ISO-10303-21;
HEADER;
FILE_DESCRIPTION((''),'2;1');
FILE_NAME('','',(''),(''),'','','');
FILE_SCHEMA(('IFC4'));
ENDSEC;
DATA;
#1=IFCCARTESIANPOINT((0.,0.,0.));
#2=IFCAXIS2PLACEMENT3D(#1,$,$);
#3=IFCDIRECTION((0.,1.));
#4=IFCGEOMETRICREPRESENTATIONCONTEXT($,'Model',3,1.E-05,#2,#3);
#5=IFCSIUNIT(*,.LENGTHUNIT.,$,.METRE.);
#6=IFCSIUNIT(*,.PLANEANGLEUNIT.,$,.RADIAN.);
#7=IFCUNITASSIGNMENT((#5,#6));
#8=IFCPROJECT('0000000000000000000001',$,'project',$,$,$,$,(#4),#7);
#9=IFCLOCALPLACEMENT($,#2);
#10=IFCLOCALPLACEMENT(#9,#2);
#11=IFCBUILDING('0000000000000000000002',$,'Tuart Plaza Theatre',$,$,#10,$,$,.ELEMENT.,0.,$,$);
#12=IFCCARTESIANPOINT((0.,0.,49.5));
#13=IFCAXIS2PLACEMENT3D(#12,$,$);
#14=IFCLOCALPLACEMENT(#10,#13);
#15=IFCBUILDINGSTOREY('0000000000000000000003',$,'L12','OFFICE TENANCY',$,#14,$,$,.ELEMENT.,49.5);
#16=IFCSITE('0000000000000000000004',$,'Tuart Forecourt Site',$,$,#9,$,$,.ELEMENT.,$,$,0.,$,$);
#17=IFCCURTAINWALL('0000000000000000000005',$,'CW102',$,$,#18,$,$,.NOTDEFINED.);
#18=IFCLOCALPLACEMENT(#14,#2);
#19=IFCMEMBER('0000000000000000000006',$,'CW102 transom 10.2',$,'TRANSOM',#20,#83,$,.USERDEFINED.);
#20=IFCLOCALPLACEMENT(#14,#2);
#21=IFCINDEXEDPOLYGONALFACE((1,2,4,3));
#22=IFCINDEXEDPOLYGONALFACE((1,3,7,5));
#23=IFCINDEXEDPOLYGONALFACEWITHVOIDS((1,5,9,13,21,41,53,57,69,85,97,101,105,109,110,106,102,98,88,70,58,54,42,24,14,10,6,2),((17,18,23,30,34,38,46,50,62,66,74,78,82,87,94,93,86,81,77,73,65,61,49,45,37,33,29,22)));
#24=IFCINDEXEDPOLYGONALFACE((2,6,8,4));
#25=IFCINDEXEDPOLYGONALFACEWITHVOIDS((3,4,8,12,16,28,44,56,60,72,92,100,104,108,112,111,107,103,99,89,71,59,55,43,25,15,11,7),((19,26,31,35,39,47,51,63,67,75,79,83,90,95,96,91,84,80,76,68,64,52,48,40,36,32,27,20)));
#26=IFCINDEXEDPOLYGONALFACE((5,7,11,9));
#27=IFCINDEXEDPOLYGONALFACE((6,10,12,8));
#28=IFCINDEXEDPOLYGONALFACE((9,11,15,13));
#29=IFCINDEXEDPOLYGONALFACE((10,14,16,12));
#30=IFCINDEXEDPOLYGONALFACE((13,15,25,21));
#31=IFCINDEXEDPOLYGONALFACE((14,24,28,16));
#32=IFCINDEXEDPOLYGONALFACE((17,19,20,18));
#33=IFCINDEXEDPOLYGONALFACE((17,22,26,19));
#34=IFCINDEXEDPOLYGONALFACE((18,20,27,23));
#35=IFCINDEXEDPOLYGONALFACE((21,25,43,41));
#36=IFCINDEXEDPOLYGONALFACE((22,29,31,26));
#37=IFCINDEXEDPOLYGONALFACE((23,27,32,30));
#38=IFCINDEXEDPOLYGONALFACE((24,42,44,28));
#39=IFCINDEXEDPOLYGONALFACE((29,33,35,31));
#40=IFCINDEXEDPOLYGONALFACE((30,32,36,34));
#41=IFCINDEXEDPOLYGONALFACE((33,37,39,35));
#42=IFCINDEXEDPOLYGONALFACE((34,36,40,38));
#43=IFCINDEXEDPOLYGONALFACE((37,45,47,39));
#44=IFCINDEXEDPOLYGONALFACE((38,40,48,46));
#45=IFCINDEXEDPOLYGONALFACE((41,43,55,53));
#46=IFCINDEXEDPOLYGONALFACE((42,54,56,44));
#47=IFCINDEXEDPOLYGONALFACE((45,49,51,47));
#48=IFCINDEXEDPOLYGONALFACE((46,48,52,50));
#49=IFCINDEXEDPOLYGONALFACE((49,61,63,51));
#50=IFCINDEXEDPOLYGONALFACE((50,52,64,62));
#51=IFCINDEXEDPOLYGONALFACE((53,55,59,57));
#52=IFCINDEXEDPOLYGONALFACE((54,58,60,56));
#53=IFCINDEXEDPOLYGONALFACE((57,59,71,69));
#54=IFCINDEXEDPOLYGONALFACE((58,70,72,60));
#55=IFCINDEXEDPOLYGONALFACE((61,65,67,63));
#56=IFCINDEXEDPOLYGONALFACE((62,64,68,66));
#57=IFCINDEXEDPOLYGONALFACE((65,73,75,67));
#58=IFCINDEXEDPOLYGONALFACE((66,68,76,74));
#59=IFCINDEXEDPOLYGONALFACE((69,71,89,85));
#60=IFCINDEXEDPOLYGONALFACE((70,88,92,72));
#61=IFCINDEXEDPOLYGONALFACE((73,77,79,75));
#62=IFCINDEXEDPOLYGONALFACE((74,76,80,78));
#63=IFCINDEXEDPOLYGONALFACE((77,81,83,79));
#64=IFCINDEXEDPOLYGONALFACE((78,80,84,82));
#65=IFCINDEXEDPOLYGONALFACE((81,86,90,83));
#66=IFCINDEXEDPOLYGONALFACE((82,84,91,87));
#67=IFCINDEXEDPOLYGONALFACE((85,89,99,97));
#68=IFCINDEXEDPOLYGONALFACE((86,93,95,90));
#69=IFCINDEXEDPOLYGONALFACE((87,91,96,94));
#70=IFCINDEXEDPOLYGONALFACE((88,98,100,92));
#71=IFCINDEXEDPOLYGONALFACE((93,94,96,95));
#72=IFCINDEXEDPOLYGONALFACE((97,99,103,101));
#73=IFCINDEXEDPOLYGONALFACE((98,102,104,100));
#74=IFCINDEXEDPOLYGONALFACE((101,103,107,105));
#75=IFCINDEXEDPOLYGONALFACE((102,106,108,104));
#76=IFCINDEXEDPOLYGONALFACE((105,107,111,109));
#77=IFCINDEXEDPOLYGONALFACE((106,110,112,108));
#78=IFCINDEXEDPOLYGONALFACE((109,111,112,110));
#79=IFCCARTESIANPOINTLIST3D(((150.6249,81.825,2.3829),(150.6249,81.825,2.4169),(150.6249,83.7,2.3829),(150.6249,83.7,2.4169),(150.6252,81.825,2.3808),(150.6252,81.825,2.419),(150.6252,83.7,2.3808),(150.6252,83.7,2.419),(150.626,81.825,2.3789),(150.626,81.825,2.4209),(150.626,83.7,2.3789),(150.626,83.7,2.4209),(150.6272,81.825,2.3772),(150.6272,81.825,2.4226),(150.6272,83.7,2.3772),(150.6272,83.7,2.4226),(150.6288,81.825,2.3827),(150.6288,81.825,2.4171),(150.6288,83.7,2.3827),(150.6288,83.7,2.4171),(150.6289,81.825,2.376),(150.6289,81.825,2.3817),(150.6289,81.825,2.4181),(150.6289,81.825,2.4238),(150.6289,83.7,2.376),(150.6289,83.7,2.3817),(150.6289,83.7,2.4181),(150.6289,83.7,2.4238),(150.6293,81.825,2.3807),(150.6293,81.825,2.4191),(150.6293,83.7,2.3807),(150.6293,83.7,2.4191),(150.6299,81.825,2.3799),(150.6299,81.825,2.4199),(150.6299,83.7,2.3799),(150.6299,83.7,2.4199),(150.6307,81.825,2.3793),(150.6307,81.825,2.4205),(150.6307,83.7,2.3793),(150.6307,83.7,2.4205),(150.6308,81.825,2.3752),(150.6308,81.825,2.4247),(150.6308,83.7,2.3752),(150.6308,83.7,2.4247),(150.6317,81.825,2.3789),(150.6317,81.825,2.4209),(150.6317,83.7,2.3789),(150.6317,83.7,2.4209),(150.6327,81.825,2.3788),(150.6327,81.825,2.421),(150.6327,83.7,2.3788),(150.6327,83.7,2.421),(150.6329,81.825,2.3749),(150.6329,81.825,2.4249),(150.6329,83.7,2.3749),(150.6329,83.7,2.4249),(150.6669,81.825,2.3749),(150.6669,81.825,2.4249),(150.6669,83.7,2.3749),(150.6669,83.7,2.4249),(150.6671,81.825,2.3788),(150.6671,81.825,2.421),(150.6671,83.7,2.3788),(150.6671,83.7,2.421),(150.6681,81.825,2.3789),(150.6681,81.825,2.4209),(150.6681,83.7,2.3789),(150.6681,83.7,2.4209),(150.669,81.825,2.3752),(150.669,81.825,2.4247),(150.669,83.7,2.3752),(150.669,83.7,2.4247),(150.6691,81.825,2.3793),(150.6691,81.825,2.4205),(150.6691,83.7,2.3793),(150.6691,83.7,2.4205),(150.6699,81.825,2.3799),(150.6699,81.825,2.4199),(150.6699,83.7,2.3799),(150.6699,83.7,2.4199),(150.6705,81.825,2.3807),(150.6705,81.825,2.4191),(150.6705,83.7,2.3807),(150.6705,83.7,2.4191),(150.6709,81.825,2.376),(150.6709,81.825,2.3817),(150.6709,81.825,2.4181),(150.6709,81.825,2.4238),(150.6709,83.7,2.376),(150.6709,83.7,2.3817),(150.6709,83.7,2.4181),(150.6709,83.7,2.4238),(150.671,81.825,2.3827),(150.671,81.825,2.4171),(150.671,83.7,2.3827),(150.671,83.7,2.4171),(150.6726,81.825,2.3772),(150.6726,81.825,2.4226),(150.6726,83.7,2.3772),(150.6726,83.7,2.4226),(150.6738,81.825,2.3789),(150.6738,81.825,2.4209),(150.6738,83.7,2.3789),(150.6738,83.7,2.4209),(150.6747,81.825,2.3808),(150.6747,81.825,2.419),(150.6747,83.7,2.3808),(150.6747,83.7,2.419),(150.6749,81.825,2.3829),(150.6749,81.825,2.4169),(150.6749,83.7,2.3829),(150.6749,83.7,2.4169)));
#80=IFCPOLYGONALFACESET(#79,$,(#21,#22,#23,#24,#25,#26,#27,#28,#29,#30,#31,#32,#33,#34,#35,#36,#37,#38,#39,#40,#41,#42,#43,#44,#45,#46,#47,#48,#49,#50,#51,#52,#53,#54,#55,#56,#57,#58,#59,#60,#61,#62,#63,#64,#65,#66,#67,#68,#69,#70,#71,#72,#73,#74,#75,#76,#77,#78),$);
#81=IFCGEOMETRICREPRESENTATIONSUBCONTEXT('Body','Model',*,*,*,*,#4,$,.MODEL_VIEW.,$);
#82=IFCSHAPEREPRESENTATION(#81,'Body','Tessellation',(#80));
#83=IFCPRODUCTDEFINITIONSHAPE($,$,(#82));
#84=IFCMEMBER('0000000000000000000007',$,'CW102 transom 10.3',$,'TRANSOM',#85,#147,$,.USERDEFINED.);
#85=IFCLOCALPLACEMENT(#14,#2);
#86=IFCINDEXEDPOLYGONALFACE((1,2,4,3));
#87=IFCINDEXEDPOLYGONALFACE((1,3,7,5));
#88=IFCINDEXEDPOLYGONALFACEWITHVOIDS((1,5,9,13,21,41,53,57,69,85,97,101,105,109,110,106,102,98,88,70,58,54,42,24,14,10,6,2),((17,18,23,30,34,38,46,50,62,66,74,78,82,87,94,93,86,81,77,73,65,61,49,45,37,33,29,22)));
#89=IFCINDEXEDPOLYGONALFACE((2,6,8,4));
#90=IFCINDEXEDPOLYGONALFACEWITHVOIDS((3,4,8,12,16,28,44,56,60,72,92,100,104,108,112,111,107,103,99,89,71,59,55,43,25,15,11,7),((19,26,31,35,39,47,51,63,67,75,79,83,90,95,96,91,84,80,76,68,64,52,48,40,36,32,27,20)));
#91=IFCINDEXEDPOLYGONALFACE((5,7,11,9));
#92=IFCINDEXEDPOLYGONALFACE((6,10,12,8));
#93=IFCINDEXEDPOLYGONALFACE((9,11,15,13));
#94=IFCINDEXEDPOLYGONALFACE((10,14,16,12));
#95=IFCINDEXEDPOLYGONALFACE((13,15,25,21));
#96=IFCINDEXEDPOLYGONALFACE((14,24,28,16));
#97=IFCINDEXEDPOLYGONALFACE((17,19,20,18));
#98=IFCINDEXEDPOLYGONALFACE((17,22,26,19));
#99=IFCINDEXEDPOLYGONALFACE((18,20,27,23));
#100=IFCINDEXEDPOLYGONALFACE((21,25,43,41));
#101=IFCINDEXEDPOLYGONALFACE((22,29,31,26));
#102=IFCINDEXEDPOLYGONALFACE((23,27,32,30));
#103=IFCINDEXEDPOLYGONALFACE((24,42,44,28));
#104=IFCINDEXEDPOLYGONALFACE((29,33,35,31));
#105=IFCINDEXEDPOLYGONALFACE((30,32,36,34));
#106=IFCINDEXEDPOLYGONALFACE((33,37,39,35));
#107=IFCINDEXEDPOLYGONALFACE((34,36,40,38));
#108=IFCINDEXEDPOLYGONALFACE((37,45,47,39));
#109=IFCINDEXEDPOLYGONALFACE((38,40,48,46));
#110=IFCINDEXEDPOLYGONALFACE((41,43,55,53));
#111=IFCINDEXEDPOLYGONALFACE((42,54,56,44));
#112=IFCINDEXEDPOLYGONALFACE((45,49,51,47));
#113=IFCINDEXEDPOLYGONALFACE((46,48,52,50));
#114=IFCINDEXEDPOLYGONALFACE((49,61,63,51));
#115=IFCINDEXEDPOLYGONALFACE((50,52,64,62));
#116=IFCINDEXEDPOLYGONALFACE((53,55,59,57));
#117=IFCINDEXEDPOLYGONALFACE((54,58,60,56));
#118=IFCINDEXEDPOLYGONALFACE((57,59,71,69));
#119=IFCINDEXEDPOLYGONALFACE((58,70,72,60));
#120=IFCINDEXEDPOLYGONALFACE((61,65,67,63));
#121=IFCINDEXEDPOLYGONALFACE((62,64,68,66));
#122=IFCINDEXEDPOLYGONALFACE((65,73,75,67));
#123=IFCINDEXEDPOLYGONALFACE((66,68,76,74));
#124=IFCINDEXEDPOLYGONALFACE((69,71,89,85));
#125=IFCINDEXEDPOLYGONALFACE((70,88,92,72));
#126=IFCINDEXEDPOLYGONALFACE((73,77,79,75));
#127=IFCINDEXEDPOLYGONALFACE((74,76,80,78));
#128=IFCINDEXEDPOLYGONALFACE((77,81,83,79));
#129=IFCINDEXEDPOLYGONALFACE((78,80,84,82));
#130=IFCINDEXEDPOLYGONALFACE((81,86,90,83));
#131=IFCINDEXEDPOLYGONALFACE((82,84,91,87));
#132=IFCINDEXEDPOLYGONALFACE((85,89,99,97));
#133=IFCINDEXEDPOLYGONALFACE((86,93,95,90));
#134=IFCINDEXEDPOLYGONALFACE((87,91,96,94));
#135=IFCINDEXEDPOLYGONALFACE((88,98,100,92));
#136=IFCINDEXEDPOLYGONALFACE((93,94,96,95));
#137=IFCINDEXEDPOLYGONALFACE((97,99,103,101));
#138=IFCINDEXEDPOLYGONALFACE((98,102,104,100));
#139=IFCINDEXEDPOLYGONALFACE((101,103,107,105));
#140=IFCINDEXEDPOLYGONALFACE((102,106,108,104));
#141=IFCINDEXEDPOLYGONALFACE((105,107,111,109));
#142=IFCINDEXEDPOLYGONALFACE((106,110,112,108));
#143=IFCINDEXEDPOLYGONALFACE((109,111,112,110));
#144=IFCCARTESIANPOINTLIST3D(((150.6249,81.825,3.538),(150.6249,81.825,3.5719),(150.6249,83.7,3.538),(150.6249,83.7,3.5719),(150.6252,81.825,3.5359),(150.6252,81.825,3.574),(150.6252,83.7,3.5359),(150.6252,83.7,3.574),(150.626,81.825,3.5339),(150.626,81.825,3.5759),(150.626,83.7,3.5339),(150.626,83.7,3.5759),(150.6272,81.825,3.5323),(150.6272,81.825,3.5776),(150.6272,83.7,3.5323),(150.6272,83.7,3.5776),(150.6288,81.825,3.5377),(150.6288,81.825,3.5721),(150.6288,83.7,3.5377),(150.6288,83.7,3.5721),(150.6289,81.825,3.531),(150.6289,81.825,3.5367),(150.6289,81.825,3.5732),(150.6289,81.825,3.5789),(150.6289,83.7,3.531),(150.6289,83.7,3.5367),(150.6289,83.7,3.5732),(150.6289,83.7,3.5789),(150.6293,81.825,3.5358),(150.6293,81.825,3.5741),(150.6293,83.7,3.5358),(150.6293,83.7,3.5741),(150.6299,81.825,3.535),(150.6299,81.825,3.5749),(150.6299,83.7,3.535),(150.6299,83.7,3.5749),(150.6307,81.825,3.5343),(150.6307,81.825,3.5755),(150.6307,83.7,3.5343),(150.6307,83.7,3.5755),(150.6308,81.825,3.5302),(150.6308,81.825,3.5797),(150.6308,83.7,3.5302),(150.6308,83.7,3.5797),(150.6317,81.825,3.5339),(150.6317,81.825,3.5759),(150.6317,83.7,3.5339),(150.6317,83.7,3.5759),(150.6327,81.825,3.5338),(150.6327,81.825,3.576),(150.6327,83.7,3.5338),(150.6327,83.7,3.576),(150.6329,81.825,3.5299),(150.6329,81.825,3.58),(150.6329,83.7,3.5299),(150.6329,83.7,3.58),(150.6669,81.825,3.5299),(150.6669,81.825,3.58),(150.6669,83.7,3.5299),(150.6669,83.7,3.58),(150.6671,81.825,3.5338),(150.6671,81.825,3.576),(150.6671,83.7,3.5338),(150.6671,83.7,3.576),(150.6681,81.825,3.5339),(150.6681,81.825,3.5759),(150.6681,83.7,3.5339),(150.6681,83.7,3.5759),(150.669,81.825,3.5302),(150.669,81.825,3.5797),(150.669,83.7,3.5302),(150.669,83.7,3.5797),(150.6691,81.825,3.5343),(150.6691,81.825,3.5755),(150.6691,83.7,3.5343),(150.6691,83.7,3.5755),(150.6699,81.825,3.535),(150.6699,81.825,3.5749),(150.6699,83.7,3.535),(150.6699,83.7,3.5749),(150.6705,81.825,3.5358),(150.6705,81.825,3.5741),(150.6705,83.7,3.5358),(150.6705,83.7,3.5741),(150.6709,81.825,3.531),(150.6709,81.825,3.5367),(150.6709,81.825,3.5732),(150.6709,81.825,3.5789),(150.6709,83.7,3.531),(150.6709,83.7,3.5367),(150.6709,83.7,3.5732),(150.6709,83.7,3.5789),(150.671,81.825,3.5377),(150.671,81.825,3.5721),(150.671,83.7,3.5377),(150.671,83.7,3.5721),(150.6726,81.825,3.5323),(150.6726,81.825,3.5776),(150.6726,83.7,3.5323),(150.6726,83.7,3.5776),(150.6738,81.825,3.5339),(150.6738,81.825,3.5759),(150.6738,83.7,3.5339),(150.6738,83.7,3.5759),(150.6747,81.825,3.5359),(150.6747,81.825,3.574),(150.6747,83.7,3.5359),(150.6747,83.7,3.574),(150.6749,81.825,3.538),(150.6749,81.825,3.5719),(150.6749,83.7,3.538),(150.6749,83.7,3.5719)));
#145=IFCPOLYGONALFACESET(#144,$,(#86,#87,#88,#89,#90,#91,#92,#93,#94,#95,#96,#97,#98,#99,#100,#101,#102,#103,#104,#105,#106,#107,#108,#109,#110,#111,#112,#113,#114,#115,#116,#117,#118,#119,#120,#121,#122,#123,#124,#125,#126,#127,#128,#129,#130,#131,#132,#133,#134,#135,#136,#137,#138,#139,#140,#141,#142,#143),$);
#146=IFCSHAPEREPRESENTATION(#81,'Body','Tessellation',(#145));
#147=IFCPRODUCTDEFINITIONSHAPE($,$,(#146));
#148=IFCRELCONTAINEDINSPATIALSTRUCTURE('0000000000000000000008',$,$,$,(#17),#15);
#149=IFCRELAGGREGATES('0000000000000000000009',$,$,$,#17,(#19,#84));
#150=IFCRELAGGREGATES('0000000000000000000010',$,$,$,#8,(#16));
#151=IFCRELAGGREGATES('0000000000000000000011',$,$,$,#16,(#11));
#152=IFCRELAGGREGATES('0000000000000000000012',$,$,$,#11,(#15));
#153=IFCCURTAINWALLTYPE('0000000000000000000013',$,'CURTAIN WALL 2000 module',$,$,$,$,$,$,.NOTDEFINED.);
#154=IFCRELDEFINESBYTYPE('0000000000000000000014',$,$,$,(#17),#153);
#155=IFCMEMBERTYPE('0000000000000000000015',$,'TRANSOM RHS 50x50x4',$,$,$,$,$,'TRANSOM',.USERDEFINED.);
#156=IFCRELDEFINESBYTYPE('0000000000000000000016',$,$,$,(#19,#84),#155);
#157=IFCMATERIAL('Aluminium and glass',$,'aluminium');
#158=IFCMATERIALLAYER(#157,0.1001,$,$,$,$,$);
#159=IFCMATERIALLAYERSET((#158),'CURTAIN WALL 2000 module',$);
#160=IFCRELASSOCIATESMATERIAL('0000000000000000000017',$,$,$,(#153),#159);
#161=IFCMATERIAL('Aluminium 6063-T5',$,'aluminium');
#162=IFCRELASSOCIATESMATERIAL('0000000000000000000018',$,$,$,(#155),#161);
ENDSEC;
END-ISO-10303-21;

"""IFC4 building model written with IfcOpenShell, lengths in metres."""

from ifc_helpers import new_model, si_unit, direction, frame, origin, origin_2d, place, context, subcontext, project, spatial, hollow_rectangle, extrude, material, layer, layer_set, material_profile, profile_set, type_object, element, aggregate, save


model = new_model("IFC4")

# Units and contexts
model_context = context("Model", 3, precision=1e-05, world=origin(), true_north=direction((0.0, 1.0)))
body_context = subcontext(model_context, "Body", "Model", "MODEL_VIEW")
ifc_project = project(units=[si_unit("LENGTHUNIT", "METRE"), si_unit("PLANEANGLEUNIT", "RADIAN")], contexts=[model_context])

# Site, building, storey
site_placement = place(None, origin())
site = spatial("IfcSite", under=ifc_project, at=site_placement, Name="Tuart Forecourt Site", CompositionType="ELEMENT", RefElevation=0.0)
building_placement = place(site_placement, origin())
building = spatial("IfcBuilding", under=site, at=building_placement, Name="Tuart Plaza Theatre", CompositionType="ELEMENT", ElevationOfRefHeight=0.0)
storey_placement = place(building_placement, frame((0.0, 0.0, 49.5)))
storey = spatial("IfcBuildingStorey", under=building, at=storey_placement, Name="L12", Description="OFFICE TENANCY", CompositionType="ELEMENT", Elevation=49.5)

# Curtain wall
ifc_material_1 = material(Name="Aluminium and glass", Category="aluminium")
ifc_layer_1 = layer(ifc_material_1, 0.1001)
ifc_layer_set_1 = layer_set([ifc_layer_1], Name="CURTAIN WALL 2000 module")
curtain_wall_type = type_object("IfcCurtainWallType", Name="CURTAIN WALL 2000 module", PredefinedType="NOTDEFINED", material=ifc_layer_set_1)
curtain_wall_1_placement = place(storey_placement, origin())
curtain_wall_1 = element("IfcCurtainWall", 1, at=curtain_wall_1_placement, inside=storey, type_object=curtain_wall_type, Name="CW102", PredefinedType="NOTDEFINED")

# Members
ifc_material_2 = material(Name="Aluminium 6063-T5", Category="aluminium")
ifc_material_profile_1 = material_profile(ifc_material_2, hollow_rectangle(XDim=0.05, YDim=0.05, WallThickness=0.0039, InnerFilletRadius=0.0039, OuterFilletRadius=0.0081, at=origin_2d()), Name="RHS 50x50x4")
ifc_profile_set_1 = profile_set([ifc_material_profile_1], Name="Aluminium 6063-T5")
member_type_1 = type_object("IfcMemberType", Name="TRANSOM RHS 50x50x4", ElementType="TRANSOM", PredefinedType="USERDEFINED", material=ifc_profile_set_1)
member_1_placement = place(storey_placement, frame((150.6499, 81.825, 2.3999), z_axis=(0.0, 1.0, 0.0), x_axis=(-1.0, 0.0, 0.0)))
member_1 = element("IfcMember", 2, at=member_1_placement, type_object=member_type_1, Name="CW102 transom 10.2", ObjectType="TRANSOM", PredefinedType="USERDEFINED", context=body_context, shape_type="SweptSolid", body=[
    extrude(hollow_rectangle(XDim=0.05, YDim=0.05, WallThickness=0.0039, InnerFilletRadius=0.0039, OuterFilletRadius=0.0081, at=origin_2d()), origin(), (0.0, 0.0, 1.0), 1.875),
])
member_2_placement = place(storey_placement, frame((150.6499, 81.825, 3.5549), z_axis=(0.0, 1.0, 0.0), x_axis=(-1.0, 0.0, 0.0)))
member_2 = element("IfcMember", 3, at=member_2_placement, type_object=member_type_1, Name="CW102 transom 10.3", ObjectType="TRANSOM", PredefinedType="USERDEFINED", context=body_context, shape_type="SweptSolid", body=[
    extrude(hollow_rectangle(XDim=0.05, YDim=0.05, WallThickness=0.0039, InnerFilletRadius=0.0039, OuterFilletRadius=0.0081, at=origin_2d()), origin(), (0.0, 0.0, 1.0), 1.875),
])

aggregate(curtain_wall_1, [member_1, member_2])

save(model, "model.ifc")
